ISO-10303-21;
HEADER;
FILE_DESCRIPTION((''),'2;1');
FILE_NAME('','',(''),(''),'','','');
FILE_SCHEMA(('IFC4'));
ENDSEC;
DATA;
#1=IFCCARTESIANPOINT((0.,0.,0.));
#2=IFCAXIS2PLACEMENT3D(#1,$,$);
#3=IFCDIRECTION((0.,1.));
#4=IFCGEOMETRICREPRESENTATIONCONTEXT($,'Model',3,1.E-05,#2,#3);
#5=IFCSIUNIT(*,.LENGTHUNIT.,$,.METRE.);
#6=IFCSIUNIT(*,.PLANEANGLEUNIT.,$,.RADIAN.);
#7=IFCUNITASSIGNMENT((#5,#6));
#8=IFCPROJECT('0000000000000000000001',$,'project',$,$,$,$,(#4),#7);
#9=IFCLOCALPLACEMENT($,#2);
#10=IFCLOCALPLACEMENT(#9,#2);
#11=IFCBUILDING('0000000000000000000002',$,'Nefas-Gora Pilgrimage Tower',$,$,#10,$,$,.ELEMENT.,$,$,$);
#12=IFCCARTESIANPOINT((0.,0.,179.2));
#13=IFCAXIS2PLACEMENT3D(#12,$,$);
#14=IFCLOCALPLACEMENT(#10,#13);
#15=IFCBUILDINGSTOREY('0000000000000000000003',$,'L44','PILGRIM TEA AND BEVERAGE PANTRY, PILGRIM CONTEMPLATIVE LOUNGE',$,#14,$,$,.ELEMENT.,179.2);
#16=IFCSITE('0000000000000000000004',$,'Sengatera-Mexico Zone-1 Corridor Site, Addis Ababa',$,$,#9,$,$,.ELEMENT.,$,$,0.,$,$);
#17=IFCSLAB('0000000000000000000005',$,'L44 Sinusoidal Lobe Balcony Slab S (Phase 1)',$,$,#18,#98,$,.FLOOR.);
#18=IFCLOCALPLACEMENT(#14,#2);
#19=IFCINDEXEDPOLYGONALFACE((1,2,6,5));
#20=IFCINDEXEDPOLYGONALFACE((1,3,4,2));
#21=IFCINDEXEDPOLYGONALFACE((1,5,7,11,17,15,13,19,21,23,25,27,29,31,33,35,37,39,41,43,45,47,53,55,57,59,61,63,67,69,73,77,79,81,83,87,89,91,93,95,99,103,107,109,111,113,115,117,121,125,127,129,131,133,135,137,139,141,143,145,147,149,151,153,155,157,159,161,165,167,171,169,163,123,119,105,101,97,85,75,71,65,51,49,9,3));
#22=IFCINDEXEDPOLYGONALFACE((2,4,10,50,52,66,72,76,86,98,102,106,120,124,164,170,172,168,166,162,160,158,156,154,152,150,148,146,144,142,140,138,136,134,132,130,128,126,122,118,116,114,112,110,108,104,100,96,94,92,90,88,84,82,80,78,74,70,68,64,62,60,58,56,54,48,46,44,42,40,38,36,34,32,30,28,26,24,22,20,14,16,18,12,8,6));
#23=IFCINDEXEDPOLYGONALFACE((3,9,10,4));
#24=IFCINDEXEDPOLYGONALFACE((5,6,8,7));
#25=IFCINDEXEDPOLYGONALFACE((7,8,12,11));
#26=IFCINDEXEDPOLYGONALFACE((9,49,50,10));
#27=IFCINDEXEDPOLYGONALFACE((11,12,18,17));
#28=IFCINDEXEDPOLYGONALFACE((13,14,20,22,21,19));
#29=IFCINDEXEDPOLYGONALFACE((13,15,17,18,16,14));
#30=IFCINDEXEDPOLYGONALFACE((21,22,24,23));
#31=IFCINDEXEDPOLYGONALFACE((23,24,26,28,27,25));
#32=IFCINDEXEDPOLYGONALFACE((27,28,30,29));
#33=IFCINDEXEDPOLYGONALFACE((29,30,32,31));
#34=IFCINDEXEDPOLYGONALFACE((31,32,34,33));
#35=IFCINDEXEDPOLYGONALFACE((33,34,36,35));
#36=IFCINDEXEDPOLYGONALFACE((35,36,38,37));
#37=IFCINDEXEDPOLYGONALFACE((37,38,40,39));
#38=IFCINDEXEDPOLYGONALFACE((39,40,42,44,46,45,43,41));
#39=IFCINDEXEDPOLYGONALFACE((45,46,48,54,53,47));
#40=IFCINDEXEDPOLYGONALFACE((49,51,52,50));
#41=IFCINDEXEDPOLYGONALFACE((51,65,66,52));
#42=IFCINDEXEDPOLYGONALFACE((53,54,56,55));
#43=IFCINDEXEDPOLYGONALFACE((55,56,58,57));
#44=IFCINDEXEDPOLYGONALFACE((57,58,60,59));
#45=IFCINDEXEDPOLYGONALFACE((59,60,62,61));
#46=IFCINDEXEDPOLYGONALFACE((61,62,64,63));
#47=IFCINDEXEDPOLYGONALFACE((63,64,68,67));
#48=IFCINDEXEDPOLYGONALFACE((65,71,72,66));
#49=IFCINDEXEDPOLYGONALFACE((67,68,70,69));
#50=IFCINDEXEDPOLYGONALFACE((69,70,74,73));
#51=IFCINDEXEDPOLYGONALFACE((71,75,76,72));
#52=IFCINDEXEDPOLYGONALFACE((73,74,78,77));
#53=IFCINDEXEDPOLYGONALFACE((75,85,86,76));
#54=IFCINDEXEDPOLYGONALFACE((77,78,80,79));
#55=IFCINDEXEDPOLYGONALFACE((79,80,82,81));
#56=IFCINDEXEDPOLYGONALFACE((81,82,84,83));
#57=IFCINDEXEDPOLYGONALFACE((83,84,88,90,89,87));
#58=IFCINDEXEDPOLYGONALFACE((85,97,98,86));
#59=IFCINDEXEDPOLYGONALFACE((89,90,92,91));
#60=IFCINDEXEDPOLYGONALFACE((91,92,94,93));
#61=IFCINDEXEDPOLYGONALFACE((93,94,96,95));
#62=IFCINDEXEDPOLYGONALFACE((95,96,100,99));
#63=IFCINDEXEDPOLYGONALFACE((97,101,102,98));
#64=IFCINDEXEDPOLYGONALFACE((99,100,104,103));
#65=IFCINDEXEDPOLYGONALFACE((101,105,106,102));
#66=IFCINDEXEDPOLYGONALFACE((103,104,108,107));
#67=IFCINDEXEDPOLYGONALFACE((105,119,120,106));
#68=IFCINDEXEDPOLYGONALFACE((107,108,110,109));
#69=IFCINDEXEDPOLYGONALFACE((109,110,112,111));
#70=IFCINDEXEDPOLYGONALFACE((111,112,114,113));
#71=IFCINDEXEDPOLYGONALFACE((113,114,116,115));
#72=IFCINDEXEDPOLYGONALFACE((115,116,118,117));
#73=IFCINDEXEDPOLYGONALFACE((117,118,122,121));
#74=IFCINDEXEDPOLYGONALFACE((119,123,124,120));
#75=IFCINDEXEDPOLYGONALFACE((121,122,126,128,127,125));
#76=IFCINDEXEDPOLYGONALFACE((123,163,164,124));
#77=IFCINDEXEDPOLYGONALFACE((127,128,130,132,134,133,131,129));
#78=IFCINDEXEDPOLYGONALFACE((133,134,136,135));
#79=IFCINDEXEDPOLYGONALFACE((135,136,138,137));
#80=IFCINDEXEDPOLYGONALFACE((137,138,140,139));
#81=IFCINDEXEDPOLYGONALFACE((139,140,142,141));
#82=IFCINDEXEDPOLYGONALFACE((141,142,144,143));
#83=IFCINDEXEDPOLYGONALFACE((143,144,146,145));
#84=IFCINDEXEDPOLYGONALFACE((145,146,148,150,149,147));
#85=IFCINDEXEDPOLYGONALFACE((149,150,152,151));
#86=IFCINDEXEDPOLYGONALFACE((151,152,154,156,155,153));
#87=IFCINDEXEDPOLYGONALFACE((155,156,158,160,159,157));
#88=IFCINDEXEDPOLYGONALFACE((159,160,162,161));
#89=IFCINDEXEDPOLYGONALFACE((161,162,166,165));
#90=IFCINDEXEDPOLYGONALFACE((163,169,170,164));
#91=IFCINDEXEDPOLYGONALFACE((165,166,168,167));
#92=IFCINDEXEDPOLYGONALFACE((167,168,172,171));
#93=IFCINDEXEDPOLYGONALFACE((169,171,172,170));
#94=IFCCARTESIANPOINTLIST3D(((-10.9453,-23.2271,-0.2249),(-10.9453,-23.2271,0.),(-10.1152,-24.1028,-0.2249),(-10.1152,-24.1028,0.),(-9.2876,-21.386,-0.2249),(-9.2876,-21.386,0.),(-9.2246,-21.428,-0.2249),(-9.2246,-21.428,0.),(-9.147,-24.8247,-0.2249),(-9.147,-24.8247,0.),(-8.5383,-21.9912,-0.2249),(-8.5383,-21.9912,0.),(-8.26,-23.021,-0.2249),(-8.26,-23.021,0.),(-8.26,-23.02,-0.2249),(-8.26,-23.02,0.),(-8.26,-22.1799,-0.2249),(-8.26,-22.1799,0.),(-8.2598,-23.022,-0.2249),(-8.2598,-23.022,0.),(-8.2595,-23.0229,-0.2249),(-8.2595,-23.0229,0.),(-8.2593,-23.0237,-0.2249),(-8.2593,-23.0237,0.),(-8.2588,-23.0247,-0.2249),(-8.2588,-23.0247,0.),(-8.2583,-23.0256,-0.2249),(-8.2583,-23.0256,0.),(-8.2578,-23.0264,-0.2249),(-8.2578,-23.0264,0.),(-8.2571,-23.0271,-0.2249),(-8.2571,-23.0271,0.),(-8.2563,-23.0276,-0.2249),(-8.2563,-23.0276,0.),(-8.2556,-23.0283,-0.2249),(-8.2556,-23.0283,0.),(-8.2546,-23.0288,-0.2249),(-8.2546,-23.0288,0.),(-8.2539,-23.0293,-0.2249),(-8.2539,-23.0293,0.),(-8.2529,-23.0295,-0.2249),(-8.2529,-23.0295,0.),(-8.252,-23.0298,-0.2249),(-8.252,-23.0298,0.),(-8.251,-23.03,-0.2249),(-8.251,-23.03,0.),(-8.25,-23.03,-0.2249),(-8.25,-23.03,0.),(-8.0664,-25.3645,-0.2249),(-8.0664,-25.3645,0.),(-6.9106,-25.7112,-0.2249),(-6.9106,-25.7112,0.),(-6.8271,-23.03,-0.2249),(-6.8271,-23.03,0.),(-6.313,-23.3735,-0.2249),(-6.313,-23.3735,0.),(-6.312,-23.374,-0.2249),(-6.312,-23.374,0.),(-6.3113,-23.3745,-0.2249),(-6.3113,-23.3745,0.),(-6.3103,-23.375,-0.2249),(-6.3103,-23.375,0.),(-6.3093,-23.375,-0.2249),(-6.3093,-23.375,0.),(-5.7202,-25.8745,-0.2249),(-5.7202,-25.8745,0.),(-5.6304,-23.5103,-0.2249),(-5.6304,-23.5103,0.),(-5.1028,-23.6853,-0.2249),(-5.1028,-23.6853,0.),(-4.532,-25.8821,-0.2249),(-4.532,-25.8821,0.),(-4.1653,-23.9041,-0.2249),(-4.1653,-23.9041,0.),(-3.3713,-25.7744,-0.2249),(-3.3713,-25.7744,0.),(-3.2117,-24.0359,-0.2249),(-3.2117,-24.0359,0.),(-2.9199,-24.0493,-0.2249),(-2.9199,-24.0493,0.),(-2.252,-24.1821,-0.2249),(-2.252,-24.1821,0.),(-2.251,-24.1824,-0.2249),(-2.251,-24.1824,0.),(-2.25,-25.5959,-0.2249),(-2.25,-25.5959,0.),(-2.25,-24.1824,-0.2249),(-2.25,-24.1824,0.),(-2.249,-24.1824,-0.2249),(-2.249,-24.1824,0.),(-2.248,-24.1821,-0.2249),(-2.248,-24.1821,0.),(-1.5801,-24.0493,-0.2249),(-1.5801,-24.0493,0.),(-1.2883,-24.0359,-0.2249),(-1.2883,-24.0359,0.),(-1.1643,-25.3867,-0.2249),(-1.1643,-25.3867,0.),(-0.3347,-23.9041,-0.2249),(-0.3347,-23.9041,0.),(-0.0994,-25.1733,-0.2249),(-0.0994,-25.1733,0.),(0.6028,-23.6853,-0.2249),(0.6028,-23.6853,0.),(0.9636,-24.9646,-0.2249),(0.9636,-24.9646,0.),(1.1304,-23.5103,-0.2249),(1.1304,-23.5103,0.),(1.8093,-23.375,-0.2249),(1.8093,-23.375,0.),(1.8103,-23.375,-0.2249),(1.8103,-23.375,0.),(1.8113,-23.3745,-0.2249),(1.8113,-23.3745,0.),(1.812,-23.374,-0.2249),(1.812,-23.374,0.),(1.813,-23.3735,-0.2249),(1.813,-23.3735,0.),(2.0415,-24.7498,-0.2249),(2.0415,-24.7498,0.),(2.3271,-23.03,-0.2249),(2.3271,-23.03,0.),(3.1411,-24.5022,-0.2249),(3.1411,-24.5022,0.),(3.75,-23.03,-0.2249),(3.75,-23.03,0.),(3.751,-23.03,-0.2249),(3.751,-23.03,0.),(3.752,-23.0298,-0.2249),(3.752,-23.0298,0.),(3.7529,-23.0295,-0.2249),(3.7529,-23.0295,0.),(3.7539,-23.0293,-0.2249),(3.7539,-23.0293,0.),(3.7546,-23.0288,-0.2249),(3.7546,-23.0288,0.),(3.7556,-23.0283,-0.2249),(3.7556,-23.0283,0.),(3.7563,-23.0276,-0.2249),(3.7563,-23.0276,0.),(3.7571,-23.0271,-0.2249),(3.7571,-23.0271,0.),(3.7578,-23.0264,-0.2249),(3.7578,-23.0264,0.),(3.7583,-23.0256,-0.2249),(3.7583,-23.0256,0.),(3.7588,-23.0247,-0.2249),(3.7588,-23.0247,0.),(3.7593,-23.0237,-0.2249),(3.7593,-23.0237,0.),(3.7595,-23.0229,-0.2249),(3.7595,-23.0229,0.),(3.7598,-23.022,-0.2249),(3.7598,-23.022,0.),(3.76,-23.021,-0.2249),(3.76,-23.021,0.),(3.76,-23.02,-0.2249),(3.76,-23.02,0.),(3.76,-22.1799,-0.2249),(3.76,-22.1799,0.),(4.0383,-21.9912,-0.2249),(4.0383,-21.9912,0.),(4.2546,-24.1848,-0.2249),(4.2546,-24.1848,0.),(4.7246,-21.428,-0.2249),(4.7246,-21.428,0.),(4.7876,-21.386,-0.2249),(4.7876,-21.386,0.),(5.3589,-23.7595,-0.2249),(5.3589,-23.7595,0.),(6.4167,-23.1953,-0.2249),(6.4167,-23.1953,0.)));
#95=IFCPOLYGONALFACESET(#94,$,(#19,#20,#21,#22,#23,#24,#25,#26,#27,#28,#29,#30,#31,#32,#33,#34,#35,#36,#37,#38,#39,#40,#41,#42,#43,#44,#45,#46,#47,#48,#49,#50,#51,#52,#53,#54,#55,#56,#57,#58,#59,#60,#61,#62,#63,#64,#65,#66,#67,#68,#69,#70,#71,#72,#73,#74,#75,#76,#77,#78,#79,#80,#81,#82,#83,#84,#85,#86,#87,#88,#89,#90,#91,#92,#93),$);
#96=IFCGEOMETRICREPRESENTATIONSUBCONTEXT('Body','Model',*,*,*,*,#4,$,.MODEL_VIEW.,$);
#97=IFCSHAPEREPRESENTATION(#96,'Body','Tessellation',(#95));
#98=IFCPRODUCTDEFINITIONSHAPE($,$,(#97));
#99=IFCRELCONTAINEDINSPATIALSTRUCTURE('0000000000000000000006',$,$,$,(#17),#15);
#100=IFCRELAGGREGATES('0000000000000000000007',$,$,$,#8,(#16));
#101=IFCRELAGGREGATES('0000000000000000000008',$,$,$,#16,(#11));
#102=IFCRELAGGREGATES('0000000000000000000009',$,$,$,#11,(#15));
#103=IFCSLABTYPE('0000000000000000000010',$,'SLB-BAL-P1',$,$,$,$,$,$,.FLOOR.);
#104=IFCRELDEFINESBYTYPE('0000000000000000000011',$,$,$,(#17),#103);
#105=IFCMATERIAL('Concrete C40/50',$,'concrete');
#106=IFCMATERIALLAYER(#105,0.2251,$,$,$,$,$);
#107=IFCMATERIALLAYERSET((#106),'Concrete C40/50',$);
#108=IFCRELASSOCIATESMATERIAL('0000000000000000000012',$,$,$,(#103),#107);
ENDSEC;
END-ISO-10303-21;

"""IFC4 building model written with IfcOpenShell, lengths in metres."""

from ifc_helpers import new_model, si_unit, direction, frame, origin, place, context, subcontext, project, spatial, polyline, outline, extrude, material, layer, layer_set, type_object, element, save


model = new_model("IFC4")

# Units and contexts
model_context = context("Model", 3, precision=1e-05, world=origin(), true_north=direction((0.0, 1.0)))
body_context = subcontext(model_context, "Body", "Model", "MODEL_VIEW")
ifc_project = project(units=[si_unit("LENGTHUNIT", "METRE"), si_unit("PLANEANGLEUNIT", "RADIAN")], contexts=[model_context])

# Site, building, storey
site_placement = place(None, origin())
site = spatial("IfcSite", under=ifc_project, at=site_placement, Name="Sengatera-Mexico Zone-1 Corridor Site, Addis Ababa", CompositionType="ELEMENT", RefElevation=0.0)
building_placement = place(site_placement, origin())
building = spatial("IfcBuilding", under=site, at=building_placement, Name="Nefas-Gora Pilgrimage Tower", CompositionType="ELEMENT")
storey_placement = place(building_placement, frame((0.0, 0.0, 179.2)))
storey = spatial("IfcBuildingStorey", under=building, at=storey_placement, Name="L44", Description="PILGRIM TEA AND BEVERAGE PANTRY, PILGRIM CONTEMPLATIVE LOUNGE", CompositionType="ELEMENT", Elevation=179.2)

# Slab
ifc_material_1 = material(Name="Concrete C40/50", Category="concrete")
ifc_layer_1 = layer(ifc_material_1, 0.2251)
ifc_layer_set_1 = layer_set([ifc_layer_1], Name="Concrete C40/50")
slab_type_1 = type_object("IfcSlabType", Name="SLB-BAL-P1", PredefinedType="FLOOR", material=ifc_layer_set_1)
slab_1_placement = place(storey_placement, frame((0.0, 0.0, -0.2249)))
element("IfcSlab", 1, at=slab_1_placement, inside=storey, type_object=slab_type_1, Name="L44 Sinusoidal Lobe Balcony Slab S (Phase 1)", PredefinedType="FLOOR", context=body_context, shape_type="SweptSolid", body=[
    extrude(outline(polyline([(4.7876, -21.386), (4.7246, -21.428), (4.0383, -21.9912), (3.76, -22.1799), (3.76, -23.02), (3.76, -23.021), (3.7598, -23.022), (3.7595, -23.0229), (3.7593, -23.0237), (3.7588, -23.0247), (3.7583, -23.0256), (3.7578, -23.0264), (3.7571, -23.0271), (3.7563, -23.0276), (3.7556, -23.0283), (3.7546, -23.0288), (3.7539, -23.0293), (3.7529, -23.0295), (3.752, -23.0298), (3.751, -23.03), (3.75, -23.03), (2.3271, -23.03), (1.813, -23.3735), (1.812, -23.374), (1.8113, -23.3745), (1.8103, -23.375), (1.8093, -23.375), (1.1304, -23.5103), (0.6028, -23.6853), (-0.3347, -23.9041), (-1.2883, -24.0359), (-1.5801, -24.0493), (-2.248, -24.1821), (-2.249, -24.1824), (-2.25, -24.1824), (-2.251, -24.1824), (-2.252, -24.1821), (-2.9199, -24.0493), (-3.2117, -24.0359), (-4.1653, -23.9041), (-5.1028, -23.6853), (-5.6304, -23.5103), (-6.3093, -23.375), (-6.3103, -23.375), (-6.3113, -23.3745), (-6.312, -23.374), (-6.313, -23.3735), (-6.8271, -23.03), (-8.25, -23.03), (-8.251, -23.03), (-8.252, -23.0298), (-8.2529, -23.0295), (-8.2539, -23.0293), (-8.2546, -23.0288), (-8.2556, -23.0283), (-8.2563, -23.0276), (-8.2571, -23.0271), (-8.2578, -23.0264), (-8.2583, -23.0256), (-8.2588, -23.0247), (-8.2593, -23.0237), (-8.2595, -23.0229), (-8.2598, -23.022), (-8.26, -23.021), (-8.26, -23.02), (-8.26, -22.1799), (-8.5383, -21.9912), (-9.2246, -21.428), (-9.2876, -21.386), (-10.9453, -23.2271), (-10.1152, -24.1028), (-9.147, -24.8247), (-8.0664, -25.3645), (-6.9106, -25.7112), (-5.7202, -25.8745), (-4.532, -25.8821), (-3.3713, -25.7744), (-2.25, -25.5959), (-1.1643, -25.3867), (-0.0994, -25.1733), (0.9636, -24.9646), (2.0415, -24.7498), (3.1411, -24.5022), (4.2546, -24.1848), (5.3589, -23.7595), (6.4167, -23.1953), (4.7876, -21.386)])), origin(), (0.0, 0.0, 1.0), 0.2249),
])

save(model, "model.ifc")
